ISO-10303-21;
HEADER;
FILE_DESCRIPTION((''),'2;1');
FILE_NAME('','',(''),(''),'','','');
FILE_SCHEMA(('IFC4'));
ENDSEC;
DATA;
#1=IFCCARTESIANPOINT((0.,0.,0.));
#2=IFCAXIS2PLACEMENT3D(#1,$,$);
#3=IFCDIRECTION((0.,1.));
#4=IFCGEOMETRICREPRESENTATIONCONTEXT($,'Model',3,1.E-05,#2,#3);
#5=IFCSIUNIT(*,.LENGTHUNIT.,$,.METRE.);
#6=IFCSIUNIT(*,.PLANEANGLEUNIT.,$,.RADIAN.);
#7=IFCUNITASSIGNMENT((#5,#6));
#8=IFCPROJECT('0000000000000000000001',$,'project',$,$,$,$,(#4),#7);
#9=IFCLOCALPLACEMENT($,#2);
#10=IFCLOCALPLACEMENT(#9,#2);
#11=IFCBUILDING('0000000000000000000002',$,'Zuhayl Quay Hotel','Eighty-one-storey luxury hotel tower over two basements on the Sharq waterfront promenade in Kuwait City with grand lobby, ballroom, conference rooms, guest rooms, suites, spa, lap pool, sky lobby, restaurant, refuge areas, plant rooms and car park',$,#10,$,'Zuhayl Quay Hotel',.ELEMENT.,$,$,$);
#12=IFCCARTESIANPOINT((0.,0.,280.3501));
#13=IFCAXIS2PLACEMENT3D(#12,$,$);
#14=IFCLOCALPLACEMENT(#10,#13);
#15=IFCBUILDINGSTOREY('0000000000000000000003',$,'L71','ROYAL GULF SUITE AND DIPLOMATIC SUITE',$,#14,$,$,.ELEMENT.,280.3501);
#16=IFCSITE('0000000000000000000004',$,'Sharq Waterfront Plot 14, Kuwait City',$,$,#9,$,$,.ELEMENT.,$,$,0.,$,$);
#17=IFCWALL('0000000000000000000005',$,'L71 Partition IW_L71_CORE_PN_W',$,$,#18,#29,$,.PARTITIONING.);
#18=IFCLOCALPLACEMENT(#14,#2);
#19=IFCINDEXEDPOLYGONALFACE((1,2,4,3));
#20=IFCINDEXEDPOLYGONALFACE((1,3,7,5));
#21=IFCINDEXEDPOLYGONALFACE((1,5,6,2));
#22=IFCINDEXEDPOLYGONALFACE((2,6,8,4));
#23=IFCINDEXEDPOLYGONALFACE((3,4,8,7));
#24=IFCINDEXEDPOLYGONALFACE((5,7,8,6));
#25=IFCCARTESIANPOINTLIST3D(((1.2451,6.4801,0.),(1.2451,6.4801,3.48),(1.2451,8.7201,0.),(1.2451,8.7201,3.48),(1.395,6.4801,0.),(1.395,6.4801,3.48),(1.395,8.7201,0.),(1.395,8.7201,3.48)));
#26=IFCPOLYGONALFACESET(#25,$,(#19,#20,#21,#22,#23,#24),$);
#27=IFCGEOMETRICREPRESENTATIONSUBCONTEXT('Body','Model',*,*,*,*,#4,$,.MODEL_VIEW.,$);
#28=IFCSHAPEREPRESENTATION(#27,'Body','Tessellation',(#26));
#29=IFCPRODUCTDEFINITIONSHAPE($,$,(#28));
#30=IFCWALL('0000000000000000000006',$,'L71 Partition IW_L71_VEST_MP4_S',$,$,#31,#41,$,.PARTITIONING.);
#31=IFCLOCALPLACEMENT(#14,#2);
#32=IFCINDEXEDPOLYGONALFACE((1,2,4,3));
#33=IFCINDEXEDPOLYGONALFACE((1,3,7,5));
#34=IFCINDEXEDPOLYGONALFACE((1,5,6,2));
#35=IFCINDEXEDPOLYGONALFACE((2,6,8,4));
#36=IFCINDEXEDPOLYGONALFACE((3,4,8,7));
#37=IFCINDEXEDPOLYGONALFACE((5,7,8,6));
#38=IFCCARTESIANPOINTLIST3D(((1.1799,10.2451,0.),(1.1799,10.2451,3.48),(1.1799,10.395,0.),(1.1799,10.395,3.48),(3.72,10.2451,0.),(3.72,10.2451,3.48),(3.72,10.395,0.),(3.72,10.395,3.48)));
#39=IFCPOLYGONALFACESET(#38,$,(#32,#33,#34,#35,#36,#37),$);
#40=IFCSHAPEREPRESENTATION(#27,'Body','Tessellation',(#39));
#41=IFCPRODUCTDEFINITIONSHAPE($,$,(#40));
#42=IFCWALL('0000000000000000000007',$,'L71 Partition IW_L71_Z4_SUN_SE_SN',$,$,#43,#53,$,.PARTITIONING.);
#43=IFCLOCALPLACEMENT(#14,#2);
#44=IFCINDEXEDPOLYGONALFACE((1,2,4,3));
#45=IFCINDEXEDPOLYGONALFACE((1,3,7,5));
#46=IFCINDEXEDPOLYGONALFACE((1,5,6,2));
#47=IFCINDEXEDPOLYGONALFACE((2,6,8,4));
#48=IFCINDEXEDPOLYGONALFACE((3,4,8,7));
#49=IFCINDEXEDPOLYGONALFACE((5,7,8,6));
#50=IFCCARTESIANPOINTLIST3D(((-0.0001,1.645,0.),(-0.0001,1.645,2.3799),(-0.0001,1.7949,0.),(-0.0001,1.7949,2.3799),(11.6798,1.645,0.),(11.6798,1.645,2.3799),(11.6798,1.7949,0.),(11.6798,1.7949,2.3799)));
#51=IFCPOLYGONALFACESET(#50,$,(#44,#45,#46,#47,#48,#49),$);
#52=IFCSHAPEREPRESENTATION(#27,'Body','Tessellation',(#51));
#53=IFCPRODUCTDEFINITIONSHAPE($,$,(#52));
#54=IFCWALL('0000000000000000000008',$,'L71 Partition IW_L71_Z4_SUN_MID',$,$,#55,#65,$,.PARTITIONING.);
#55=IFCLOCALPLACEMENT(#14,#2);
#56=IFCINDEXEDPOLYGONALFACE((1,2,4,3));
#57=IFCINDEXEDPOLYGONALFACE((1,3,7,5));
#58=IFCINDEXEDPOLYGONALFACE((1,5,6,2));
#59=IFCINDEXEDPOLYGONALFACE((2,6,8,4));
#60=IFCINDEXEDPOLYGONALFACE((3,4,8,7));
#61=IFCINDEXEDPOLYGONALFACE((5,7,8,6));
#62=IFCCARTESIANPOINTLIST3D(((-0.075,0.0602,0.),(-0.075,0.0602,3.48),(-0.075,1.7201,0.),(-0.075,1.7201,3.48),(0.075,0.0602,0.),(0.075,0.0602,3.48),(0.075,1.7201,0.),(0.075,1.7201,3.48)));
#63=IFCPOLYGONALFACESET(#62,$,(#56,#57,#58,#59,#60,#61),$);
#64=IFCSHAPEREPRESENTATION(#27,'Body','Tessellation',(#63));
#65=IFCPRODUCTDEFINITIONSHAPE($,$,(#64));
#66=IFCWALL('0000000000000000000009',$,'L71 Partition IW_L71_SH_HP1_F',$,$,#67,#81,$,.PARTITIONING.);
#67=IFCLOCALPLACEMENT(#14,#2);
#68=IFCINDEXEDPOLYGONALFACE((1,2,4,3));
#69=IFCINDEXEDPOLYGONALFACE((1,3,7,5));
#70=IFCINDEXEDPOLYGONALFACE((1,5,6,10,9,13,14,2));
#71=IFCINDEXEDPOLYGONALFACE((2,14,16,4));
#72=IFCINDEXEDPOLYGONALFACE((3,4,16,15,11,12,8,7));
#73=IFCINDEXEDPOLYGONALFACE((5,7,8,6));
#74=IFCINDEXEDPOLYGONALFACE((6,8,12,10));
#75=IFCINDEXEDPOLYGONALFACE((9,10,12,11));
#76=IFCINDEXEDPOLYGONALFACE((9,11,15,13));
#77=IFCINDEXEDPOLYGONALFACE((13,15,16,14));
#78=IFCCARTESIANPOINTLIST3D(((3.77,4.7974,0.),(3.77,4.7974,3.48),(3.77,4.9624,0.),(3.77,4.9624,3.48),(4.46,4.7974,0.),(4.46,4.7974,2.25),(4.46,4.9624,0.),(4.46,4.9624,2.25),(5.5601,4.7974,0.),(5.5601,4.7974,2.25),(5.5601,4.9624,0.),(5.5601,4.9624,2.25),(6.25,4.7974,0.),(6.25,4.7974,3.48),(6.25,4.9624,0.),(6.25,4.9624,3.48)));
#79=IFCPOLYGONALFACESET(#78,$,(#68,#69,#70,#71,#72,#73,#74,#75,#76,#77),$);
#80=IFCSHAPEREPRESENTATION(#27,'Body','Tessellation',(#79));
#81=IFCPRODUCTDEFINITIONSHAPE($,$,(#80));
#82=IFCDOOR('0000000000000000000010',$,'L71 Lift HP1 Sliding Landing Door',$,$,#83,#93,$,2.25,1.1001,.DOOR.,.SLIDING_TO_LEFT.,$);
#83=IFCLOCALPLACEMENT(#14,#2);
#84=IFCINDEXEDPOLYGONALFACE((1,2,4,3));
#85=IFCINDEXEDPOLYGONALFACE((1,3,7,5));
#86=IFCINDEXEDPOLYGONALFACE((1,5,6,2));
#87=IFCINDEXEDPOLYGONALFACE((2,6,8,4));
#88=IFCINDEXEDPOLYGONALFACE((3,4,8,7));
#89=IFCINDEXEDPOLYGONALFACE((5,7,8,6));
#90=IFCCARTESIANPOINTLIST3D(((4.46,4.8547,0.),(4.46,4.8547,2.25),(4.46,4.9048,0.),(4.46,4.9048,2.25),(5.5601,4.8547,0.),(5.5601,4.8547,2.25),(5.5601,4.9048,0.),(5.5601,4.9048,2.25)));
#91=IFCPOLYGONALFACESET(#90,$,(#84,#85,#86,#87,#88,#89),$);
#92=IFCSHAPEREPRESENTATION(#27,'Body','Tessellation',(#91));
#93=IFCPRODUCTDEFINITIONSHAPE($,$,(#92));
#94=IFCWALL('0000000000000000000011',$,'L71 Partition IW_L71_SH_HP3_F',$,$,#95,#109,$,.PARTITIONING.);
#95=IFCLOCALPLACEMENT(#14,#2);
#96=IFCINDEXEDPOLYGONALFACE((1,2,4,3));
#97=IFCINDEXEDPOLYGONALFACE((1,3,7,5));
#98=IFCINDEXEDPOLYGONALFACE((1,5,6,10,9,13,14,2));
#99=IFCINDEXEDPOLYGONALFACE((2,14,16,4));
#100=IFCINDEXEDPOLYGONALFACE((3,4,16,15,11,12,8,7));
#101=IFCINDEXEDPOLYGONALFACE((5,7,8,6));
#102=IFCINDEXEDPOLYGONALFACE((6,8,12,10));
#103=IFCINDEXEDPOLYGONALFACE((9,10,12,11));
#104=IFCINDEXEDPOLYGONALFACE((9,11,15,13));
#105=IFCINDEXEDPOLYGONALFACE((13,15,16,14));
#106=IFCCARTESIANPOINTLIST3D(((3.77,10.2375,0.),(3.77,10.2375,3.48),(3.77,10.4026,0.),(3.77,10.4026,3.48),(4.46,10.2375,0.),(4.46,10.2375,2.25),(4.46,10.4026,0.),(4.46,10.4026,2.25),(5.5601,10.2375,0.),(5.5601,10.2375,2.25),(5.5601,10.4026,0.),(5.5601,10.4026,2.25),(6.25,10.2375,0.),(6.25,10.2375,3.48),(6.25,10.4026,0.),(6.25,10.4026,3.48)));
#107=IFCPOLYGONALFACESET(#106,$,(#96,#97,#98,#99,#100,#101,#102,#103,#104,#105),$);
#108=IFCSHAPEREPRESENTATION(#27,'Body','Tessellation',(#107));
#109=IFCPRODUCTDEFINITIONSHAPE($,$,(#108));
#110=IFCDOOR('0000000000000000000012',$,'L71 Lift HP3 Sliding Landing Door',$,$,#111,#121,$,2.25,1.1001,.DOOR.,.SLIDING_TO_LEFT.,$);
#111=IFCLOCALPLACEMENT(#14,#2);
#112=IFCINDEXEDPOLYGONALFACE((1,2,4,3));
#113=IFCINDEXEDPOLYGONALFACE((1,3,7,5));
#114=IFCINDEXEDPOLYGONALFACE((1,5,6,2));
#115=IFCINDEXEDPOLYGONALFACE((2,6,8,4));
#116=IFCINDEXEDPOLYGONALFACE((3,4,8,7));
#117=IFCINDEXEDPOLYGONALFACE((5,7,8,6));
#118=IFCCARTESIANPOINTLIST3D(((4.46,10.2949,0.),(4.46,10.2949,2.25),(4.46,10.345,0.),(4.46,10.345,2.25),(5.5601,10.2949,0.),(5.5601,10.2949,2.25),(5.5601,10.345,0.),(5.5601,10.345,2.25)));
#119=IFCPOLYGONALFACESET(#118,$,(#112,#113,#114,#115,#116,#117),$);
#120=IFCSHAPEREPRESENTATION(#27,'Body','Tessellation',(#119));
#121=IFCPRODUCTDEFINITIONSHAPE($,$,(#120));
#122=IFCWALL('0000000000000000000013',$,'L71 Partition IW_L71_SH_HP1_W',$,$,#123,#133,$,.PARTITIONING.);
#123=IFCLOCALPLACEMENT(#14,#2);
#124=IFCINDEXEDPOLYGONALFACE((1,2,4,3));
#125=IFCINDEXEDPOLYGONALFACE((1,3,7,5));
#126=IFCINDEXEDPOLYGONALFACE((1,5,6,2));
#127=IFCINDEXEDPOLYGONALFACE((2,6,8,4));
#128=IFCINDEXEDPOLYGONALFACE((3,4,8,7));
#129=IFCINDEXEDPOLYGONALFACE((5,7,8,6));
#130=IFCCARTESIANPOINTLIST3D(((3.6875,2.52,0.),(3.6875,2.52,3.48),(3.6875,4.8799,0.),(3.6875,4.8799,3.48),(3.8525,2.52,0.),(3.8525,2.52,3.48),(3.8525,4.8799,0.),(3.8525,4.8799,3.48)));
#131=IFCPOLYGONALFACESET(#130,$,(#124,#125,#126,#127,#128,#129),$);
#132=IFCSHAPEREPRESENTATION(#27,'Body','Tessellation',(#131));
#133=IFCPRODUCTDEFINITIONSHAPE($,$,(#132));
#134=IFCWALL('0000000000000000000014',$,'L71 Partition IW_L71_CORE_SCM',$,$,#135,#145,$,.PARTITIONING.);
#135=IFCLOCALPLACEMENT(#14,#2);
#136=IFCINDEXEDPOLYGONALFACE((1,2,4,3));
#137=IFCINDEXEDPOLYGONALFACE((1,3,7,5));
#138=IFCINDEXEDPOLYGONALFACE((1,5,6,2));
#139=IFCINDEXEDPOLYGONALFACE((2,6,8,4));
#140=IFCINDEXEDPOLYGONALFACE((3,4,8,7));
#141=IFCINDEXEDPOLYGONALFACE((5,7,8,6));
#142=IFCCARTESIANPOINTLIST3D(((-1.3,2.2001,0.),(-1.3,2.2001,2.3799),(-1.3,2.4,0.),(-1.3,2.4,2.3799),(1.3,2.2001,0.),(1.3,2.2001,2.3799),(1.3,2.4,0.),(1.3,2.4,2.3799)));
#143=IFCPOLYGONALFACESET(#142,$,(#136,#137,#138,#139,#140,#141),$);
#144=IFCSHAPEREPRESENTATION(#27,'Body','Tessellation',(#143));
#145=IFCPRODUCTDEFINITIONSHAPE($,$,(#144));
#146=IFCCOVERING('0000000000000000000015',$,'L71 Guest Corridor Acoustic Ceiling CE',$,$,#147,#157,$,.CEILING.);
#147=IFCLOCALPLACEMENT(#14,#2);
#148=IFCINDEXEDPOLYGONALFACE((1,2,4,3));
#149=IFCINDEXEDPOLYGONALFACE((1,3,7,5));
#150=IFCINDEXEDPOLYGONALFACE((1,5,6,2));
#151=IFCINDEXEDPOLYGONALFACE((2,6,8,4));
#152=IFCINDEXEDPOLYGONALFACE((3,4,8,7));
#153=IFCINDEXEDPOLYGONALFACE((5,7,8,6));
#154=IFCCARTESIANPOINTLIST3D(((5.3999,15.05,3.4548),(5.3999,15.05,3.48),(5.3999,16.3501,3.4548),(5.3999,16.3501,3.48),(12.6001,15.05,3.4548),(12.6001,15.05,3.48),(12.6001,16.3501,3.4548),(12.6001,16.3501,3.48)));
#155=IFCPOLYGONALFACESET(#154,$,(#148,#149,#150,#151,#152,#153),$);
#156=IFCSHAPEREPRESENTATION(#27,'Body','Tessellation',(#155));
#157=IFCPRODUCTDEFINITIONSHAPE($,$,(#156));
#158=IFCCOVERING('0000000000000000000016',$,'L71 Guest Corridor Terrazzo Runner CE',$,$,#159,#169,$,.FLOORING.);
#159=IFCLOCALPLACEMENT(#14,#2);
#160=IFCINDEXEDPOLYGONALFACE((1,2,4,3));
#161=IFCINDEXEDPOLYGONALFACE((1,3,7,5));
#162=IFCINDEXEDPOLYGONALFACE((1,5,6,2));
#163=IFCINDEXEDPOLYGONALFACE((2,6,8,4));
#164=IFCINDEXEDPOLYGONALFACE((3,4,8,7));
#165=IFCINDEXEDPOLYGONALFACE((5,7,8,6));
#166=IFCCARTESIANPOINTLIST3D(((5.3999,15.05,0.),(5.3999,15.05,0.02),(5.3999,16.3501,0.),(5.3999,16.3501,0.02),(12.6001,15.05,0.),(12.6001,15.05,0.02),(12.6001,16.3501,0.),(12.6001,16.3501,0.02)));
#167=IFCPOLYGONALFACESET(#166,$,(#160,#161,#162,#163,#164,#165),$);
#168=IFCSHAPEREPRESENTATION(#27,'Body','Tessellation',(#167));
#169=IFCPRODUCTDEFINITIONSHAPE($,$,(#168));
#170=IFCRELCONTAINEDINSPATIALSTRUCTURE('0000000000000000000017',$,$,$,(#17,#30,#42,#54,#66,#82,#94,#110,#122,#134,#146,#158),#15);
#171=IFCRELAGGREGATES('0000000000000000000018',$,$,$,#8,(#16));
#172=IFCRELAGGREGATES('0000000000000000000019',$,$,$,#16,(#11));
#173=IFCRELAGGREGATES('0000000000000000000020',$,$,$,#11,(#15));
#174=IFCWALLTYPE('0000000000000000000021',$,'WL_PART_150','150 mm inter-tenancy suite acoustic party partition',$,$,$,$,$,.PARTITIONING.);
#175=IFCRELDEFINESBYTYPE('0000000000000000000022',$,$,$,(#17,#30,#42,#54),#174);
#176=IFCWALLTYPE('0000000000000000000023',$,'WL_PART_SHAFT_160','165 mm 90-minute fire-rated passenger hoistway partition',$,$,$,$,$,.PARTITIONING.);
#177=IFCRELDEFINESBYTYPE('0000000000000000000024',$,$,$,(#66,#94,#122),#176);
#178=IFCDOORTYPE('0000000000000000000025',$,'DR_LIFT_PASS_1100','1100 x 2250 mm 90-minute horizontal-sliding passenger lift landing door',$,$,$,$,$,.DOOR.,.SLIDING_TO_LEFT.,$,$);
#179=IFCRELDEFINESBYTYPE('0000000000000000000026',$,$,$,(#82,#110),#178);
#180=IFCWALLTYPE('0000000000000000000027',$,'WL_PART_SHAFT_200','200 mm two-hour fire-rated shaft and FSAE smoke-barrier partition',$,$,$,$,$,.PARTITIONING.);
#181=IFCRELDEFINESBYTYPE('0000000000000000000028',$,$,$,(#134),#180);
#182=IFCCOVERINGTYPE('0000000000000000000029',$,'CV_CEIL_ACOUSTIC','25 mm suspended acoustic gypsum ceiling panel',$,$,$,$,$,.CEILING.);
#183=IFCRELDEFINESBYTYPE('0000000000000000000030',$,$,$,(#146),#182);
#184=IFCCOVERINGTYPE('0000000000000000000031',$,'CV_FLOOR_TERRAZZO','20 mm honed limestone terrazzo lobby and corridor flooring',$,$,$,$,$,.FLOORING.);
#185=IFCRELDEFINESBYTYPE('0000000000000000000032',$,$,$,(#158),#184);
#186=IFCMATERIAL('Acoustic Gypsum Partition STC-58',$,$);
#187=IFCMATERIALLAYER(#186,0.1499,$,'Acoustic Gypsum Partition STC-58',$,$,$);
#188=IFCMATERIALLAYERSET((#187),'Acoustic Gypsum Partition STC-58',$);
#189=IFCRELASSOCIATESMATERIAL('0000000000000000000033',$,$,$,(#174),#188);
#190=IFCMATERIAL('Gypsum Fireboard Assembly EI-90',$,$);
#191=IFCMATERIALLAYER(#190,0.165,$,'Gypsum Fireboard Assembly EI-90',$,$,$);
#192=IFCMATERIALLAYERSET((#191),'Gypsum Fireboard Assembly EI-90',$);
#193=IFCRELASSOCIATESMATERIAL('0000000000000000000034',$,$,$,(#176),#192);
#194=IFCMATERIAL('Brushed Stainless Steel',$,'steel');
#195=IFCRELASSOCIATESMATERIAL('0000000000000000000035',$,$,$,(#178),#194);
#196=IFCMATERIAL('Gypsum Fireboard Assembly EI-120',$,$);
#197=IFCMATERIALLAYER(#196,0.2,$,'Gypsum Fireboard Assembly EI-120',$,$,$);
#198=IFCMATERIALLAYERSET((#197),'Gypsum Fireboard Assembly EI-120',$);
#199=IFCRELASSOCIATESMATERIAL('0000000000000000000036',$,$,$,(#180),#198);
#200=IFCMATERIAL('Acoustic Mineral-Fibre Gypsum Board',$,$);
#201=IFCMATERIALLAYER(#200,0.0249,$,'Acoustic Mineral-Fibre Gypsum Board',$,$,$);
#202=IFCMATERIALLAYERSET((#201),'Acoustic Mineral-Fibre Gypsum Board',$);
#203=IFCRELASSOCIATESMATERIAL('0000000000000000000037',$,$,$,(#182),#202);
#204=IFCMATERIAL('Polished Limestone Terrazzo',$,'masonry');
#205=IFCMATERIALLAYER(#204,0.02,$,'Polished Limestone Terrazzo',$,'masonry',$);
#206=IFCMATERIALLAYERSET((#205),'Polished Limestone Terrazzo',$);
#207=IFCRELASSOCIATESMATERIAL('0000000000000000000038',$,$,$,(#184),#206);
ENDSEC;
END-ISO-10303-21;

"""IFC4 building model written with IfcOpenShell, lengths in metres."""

from ifc_helpers import new_model, si_unit, direction, frame, frame_2d, origin, place, context, subcontext, project, spatial, polyline, rectangle, outline, extrude, material, layer, layer_set, type_object, element, fill, save


model = new_model("IFC4")

# Units and contexts
model_context = context("Model", 3, precision=1e-05, world=origin(), true_north=direction((0.0, 1.0)))
body_context = subcontext(model_context, "Body", "Model", "MODEL_VIEW")
ifc_project = project(units=[si_unit("LENGTHUNIT", "METRE"), si_unit("PLANEANGLEUNIT", "RADIAN")], contexts=[model_context])

# Site, building, storey
site_placement = place(None, origin())
site = spatial("IfcSite", under=ifc_project, at=site_placement, Name="Sharq Waterfront Plot 14, Kuwait City", CompositionType="ELEMENT", RefElevation=0.0)
building_placement = place(site_placement, origin())
building = spatial("IfcBuilding", under=site, at=building_placement, Name="Zuhayl Quay Hotel", Description="Eighty-one-storey luxury hotel tower over two basements on the Sharq waterfront promenade in Kuwait City with grand lobby, ballroom, conference rooms, guest rooms, suites, spa, lap pool, sky lobby, restaurant, refuge areas, plant rooms and car park", LongName="Zuhayl Quay Hotel", CompositionType="ELEMENT")
storey_placement = place(building_placement, frame((0.0, 0.0, 280.3501)))
storey = spatial("IfcBuildingStorey", under=building, at=storey_placement, Name="L71", Description="ROYAL GULF SUITE AND DIPLOMATIC SUITE", CompositionType="ELEMENT", Elevation=280.3501)

# Shared definitions
ifc_material_1 = material(Name="Acoustic Gypsum Partition STC-58")
ifc_layer_1 = layer(ifc_material_1, 0.1499, Name="Acoustic Gypsum Partition STC-58")
ifc_layer_set_1 = layer_set([ifc_layer_1], Name="Acoustic Gypsum Partition STC-58")
wall_type_1 = type_object("IfcWallType", Name="WL_PART_150", Description="150 mm inter-tenancy suite acoustic party partition", PredefinedType="PARTITIONING", material=ifc_layer_set_1)

# Walls
wall_1_placement = place(storey_placement, frame((1.3201, 6.48, 0.0), z_axis=(0.0, 0.0, 1.0), x_axis=(0.0, 1.0, 0.0)))
element("IfcWall", 1, at=wall_1_placement, inside=storey, type_object=wall_type_1, Name="L71 Partition IW_L71_CORE_PN_W", PredefinedType="PARTITIONING", context=body_context, shape_type="SweptSolid", body=[
    extrude(rectangle(XDim=2.24, YDim=0.1499, at=frame_2d((1.1201, 0.0))), origin(), (0.0, 0.0, 1.0), 3.48),
])
wall_2_placement = place(storey_placement, frame((1.1799, 10.3201, 0.0), z_axis=(0.0, 0.0, 1.0), x_axis=(1.0, 0.0, 0.0)))
element("IfcWall", 2, at=wall_2_placement, inside=storey, type_object=wall_type_1, Name="L71 Partition IW_L71_VEST_MP4_S", PredefinedType="PARTITIONING", context=body_context, shape_type="SweptSolid", body=[
    extrude(rectangle(XDim=2.54, YDim=0.1499, at=frame_2d((1.27, 0.0))), origin(), (0.0, 0.0, 1.0), 3.48),
])
wall_3_placement = place(storey_placement, frame((0.0, 1.72, 0.0), z_axis=(0.0, 0.0, 1.0), x_axis=(1.0, 0.0, 0.0)))
element("IfcWall", 3, at=wall_3_placement, inside=storey, type_object=wall_type_1, Name="L71 Partition IW_L71_Z4_SUN_SE_SN", PredefinedType="PARTITIONING", context=body_context, shape_type="SweptSolid", body=[
    extrude(rectangle(XDim=11.6799, YDim=0.1499, at=frame_2d((5.8398, 0.0))), origin(), (0.0, 0.0, 1.0), 2.3799),
])
wall_4_placement = place(storey_placement, frame((0.0, 0.0601, 0.0), z_axis=(0.0, 0.0, 1.0), x_axis=(0.0, 1.0, 0.0)))
element("IfcWall", 4, at=wall_4_placement, inside=storey, type_object=wall_type_1, Name="L71 Partition IW_L71_Z4_SUN_MID", PredefinedType="PARTITIONING", context=body_context, shape_type="SweptSolid", body=[
    extrude(rectangle(XDim=1.6599, YDim=0.1499, at=frame_2d((0.8301, 0.0))), origin(), (0.0, 0.0, 1.0), 3.48),
])

# Walls, openings, doors
ifc_material_2 = material(Name="Gypsum Fireboard Assembly EI-90")
ifc_layer_2 = layer(ifc_material_2, 0.165, Name="Gypsum Fireboard Assembly EI-90")
ifc_layer_set_2 = layer_set([ifc_layer_2], Name="Gypsum Fireboard Assembly EI-90")
wall_type_2 = type_object("IfcWallType", Name="WL_PART_SHAFT_160", Description="165 mm 90-minute fire-rated passenger hoistway partition", PredefinedType="PARTITIONING", material=ifc_layer_set_2)
wall_5_placement = place(storey_placement, frame((3.77, 4.8799, 0.0), z_axis=(0.0, 0.0, 1.0), x_axis=(1.0, 0.0, 0.0)))
wall_5 = element("IfcWall", 5, at=wall_5_placement, inside=storey, type_object=wall_type_2, Name="L71 Partition IW_L71_SH_HP1_F", PredefinedType="PARTITIONING", context=body_context, shape_type="SweptSolid", body=[
    extrude(rectangle(XDim=2.48, YDim=0.165, at=frame_2d((1.24, 0.0))), origin(), (0.0, 0.0, 1.0), 3.48),
])
opening_1_placement = place(wall_5_placement, frame((0.6899, 0.0, 0.0)))
opening_1 = element("IfcOpeningElement", 6, at=opening_1_placement, cuts=wall_5, PredefinedType="OPENING", context=body_context, shape_type="SweptSolid", body=[
    extrude(rectangle(XDim=1.1001, YDim=2.25, at=frame_2d((0.55, 1.125))), frame((0.0, 0.0925, 0.0), z_axis=(0.0, -1.0, 0.0), x_axis=(1.0, 0.0, 0.0)), (0.0, 0.0, 1.0), 0.1851),
])
ifc_material_3 = material(Name="Brushed Stainless Steel", Category="steel")
door_type_1 = type_object("IfcDoorType", Name="DR_LIFT_PASS_1100", Description="1100 x 2250 mm 90-minute horizontal-sliding passenger lift landing door", OperationType="SLIDING_TO_LEFT", PredefinedType="DOOR", material=ifc_material_3)
door_1_placement = place(opening_1_placement, origin())
door_1 = element("IfcDoor", 7, at=door_1_placement, inside=storey, type_object=door_type_1, Name="L71 Lift HP1 Sliding Landing Door", OperationType="SLIDING_TO_LEFT", OverallHeight=2.25, OverallWidth=1.1001, PredefinedType="DOOR", context=body_context, shape_type="SweptSolid", body=[
    extrude(rectangle(XDim=1.1001, YDim=2.25, at=frame_2d((0.55, 1.125))), frame((0.0, 0.0249, 0.0), z_axis=(0.0, -1.0, 0.0), x_axis=(1.0, 0.0, 0.0)), (0.0, 0.0, 1.0), 0.05),
])
fill(opening_1, door_1)
wall_6_placement = place(storey_placement, frame((3.77, 10.3201, 0.0), z_axis=(0.0, 0.0, 1.0), x_axis=(1.0, 0.0, 0.0)))
wall_6 = element("IfcWall", 8, at=wall_6_placement, inside=storey, type_object=wall_type_2, Name="L71 Partition IW_L71_SH_HP3_F", PredefinedType="PARTITIONING", context=body_context, shape_type="SweptSolid", body=[
    extrude(rectangle(XDim=2.48, YDim=0.165, at=frame_2d((1.24, 0.0))), origin(), (0.0, 0.0, 1.0), 3.48),
])
opening_2_placement = place(wall_6_placement, frame((0.6899, 0.0, 0.0)))
opening_2 = element("IfcOpeningElement", 9, at=opening_2_placement, cuts=wall_6, PredefinedType="OPENING", context=body_context, shape_type="SweptSolid", body=[
    extrude(rectangle(XDim=1.1001, YDim=2.25, at=frame_2d((0.55, 1.125))), frame((0.0, 0.0925, 0.0), z_axis=(0.0, -1.0, 0.0), x_axis=(1.0, 0.0, 0.0)), (0.0, 0.0, 1.0), 0.1851),
])
door_2_placement = place(opening_2_placement, origin())
door_2 = element("IfcDoor", 10, at=door_2_placement, inside=storey, type_object=door_type_1, Name="L71 Lift HP3 Sliding Landing Door", OperationType="SLIDING_TO_LEFT", OverallHeight=2.25, OverallWidth=1.1001, PredefinedType="DOOR", context=body_context, shape_type="SweptSolid", body=[
    extrude(rectangle(XDim=1.1001, YDim=2.25, at=frame_2d((0.55, 1.125))), frame((0.0, 0.0249, 0.0), z_axis=(0.0, -1.0, 0.0), x_axis=(1.0, 0.0, 0.0)), (0.0, 0.0, 1.0), 0.05),
])
fill(opening_2, door_2)

# Walls
wall_7_placement = place(storey_placement, frame((3.77, 2.52, 0.0), z_axis=(0.0, 0.0, 1.0), x_axis=(0.0, 1.0, 0.0)))
element("IfcWall", 11, at=wall_7_placement, inside=storey, type_object=wall_type_2, Name="L71 Partition IW_L71_SH_HP1_W", PredefinedType="PARTITIONING", context=body_context, shape_type="SweptSolid", body=[
    extrude(rectangle(XDim=2.3599, YDim=0.165, at=frame_2d((1.1799, 0.0))), origin(), (0.0, 0.0, 1.0), 3.48),
])
ifc_material_4 = material(Name="Gypsum Fireboard Assembly EI-120")
ifc_layer_3 = layer(ifc_material_4, 0.2, Name="Gypsum Fireboard Assembly EI-120")
ifc_layer_set_3 = layer_set([ifc_layer_3], Name="Gypsum Fireboard Assembly EI-120")
wall_type_3 = type_object("IfcWallType", Name="WL_PART_SHAFT_200", Description="200 mm two-hour fire-rated shaft and FSAE smoke-barrier partition", PredefinedType="PARTITIONING", material=ifc_layer_set_3)
wall_8_placement = place(storey_placement, frame((-1.3, 2.3, 0.0), z_axis=(0.0, 0.0, 1.0), x_axis=(1.0, 0.0, 0.0)))
element("IfcWall", 12, at=wall_8_placement, inside=storey, type_object=wall_type_3, Name="L71 Partition IW_L71_CORE_SCM", PredefinedType="PARTITIONING", context=body_context, shape_type="SweptSolid", body=[
    extrude(rectangle(XDim=2.6001, YDim=0.2, at=frame_2d((1.3, 0.0))), origin(), (0.0, 0.0, 1.0), 2.3799),
])

# Coverings
ifc_material_5 = material(Name="Acoustic Mineral-Fibre Gypsum Board")
ifc_layer_4 = layer(ifc_material_5, 0.0249, Name="Acoustic Mineral-Fibre Gypsum Board")
ifc_layer_set_4 = layer_set([ifc_layer_4], Name="Acoustic Mineral-Fibre Gypsum Board")
covering_type_1 = type_object("IfcCoveringType", Name="CV_CEIL_ACOUSTIC", Description="25 mm suspended acoustic gypsum ceiling panel", PredefinedType="CEILING", material=ifc_layer_set_4)
covering_1_placement = place(storey_placement, frame((0.0, 0.0, 3.4548)))
element("IfcCovering", 13, at=covering_1_placement, inside=storey, type_object=covering_type_1, Name="L71 Guest Corridor Acoustic Ceiling CE", PredefinedType="CEILING", context=body_context, shape_type="SweptSolid", body=[
    extrude(outline(polyline([(5.3999, 15.05), (12.6001, 15.05), (12.6001, 16.3501), (5.3999, 16.3501), (5.3999, 15.05)])), origin(), (0.0, 0.0, 1.0), 0.0251),
])
ifc_material_6 = material(Name="Polished Limestone Terrazzo", Category="masonry")
ifc_layer_5 = layer(ifc_material_6, 0.02, Name="Polished Limestone Terrazzo", Category="masonry")
ifc_layer_set_5 = layer_set([ifc_layer_5], Name="Polished Limestone Terrazzo")
covering_type_2 = type_object("IfcCoveringType", Name="CV_FLOOR_TERRAZZO", Description="20 mm honed limestone terrazzo lobby and corridor flooring", PredefinedType="FLOORING", material=ifc_layer_set_5)
covering_2_placement = place(storey_placement, origin())
element("IfcCovering", 14, at=covering_2_placement, inside=storey, type_object=covering_type_2, Name="L71 Guest Corridor Terrazzo Runner CE", PredefinedType="FLOORING", context=body_context, shape_type="SweptSolid", body=[
    extrude(outline(polyline([(5.3999, 15.05), (12.6001, 15.05), (12.6001, 16.3501), (5.3999, 16.3501), (5.3999, 15.05)])), origin(), (0.0, 0.0, 1.0), 0.02),
])

save(model, "model.ifc")
